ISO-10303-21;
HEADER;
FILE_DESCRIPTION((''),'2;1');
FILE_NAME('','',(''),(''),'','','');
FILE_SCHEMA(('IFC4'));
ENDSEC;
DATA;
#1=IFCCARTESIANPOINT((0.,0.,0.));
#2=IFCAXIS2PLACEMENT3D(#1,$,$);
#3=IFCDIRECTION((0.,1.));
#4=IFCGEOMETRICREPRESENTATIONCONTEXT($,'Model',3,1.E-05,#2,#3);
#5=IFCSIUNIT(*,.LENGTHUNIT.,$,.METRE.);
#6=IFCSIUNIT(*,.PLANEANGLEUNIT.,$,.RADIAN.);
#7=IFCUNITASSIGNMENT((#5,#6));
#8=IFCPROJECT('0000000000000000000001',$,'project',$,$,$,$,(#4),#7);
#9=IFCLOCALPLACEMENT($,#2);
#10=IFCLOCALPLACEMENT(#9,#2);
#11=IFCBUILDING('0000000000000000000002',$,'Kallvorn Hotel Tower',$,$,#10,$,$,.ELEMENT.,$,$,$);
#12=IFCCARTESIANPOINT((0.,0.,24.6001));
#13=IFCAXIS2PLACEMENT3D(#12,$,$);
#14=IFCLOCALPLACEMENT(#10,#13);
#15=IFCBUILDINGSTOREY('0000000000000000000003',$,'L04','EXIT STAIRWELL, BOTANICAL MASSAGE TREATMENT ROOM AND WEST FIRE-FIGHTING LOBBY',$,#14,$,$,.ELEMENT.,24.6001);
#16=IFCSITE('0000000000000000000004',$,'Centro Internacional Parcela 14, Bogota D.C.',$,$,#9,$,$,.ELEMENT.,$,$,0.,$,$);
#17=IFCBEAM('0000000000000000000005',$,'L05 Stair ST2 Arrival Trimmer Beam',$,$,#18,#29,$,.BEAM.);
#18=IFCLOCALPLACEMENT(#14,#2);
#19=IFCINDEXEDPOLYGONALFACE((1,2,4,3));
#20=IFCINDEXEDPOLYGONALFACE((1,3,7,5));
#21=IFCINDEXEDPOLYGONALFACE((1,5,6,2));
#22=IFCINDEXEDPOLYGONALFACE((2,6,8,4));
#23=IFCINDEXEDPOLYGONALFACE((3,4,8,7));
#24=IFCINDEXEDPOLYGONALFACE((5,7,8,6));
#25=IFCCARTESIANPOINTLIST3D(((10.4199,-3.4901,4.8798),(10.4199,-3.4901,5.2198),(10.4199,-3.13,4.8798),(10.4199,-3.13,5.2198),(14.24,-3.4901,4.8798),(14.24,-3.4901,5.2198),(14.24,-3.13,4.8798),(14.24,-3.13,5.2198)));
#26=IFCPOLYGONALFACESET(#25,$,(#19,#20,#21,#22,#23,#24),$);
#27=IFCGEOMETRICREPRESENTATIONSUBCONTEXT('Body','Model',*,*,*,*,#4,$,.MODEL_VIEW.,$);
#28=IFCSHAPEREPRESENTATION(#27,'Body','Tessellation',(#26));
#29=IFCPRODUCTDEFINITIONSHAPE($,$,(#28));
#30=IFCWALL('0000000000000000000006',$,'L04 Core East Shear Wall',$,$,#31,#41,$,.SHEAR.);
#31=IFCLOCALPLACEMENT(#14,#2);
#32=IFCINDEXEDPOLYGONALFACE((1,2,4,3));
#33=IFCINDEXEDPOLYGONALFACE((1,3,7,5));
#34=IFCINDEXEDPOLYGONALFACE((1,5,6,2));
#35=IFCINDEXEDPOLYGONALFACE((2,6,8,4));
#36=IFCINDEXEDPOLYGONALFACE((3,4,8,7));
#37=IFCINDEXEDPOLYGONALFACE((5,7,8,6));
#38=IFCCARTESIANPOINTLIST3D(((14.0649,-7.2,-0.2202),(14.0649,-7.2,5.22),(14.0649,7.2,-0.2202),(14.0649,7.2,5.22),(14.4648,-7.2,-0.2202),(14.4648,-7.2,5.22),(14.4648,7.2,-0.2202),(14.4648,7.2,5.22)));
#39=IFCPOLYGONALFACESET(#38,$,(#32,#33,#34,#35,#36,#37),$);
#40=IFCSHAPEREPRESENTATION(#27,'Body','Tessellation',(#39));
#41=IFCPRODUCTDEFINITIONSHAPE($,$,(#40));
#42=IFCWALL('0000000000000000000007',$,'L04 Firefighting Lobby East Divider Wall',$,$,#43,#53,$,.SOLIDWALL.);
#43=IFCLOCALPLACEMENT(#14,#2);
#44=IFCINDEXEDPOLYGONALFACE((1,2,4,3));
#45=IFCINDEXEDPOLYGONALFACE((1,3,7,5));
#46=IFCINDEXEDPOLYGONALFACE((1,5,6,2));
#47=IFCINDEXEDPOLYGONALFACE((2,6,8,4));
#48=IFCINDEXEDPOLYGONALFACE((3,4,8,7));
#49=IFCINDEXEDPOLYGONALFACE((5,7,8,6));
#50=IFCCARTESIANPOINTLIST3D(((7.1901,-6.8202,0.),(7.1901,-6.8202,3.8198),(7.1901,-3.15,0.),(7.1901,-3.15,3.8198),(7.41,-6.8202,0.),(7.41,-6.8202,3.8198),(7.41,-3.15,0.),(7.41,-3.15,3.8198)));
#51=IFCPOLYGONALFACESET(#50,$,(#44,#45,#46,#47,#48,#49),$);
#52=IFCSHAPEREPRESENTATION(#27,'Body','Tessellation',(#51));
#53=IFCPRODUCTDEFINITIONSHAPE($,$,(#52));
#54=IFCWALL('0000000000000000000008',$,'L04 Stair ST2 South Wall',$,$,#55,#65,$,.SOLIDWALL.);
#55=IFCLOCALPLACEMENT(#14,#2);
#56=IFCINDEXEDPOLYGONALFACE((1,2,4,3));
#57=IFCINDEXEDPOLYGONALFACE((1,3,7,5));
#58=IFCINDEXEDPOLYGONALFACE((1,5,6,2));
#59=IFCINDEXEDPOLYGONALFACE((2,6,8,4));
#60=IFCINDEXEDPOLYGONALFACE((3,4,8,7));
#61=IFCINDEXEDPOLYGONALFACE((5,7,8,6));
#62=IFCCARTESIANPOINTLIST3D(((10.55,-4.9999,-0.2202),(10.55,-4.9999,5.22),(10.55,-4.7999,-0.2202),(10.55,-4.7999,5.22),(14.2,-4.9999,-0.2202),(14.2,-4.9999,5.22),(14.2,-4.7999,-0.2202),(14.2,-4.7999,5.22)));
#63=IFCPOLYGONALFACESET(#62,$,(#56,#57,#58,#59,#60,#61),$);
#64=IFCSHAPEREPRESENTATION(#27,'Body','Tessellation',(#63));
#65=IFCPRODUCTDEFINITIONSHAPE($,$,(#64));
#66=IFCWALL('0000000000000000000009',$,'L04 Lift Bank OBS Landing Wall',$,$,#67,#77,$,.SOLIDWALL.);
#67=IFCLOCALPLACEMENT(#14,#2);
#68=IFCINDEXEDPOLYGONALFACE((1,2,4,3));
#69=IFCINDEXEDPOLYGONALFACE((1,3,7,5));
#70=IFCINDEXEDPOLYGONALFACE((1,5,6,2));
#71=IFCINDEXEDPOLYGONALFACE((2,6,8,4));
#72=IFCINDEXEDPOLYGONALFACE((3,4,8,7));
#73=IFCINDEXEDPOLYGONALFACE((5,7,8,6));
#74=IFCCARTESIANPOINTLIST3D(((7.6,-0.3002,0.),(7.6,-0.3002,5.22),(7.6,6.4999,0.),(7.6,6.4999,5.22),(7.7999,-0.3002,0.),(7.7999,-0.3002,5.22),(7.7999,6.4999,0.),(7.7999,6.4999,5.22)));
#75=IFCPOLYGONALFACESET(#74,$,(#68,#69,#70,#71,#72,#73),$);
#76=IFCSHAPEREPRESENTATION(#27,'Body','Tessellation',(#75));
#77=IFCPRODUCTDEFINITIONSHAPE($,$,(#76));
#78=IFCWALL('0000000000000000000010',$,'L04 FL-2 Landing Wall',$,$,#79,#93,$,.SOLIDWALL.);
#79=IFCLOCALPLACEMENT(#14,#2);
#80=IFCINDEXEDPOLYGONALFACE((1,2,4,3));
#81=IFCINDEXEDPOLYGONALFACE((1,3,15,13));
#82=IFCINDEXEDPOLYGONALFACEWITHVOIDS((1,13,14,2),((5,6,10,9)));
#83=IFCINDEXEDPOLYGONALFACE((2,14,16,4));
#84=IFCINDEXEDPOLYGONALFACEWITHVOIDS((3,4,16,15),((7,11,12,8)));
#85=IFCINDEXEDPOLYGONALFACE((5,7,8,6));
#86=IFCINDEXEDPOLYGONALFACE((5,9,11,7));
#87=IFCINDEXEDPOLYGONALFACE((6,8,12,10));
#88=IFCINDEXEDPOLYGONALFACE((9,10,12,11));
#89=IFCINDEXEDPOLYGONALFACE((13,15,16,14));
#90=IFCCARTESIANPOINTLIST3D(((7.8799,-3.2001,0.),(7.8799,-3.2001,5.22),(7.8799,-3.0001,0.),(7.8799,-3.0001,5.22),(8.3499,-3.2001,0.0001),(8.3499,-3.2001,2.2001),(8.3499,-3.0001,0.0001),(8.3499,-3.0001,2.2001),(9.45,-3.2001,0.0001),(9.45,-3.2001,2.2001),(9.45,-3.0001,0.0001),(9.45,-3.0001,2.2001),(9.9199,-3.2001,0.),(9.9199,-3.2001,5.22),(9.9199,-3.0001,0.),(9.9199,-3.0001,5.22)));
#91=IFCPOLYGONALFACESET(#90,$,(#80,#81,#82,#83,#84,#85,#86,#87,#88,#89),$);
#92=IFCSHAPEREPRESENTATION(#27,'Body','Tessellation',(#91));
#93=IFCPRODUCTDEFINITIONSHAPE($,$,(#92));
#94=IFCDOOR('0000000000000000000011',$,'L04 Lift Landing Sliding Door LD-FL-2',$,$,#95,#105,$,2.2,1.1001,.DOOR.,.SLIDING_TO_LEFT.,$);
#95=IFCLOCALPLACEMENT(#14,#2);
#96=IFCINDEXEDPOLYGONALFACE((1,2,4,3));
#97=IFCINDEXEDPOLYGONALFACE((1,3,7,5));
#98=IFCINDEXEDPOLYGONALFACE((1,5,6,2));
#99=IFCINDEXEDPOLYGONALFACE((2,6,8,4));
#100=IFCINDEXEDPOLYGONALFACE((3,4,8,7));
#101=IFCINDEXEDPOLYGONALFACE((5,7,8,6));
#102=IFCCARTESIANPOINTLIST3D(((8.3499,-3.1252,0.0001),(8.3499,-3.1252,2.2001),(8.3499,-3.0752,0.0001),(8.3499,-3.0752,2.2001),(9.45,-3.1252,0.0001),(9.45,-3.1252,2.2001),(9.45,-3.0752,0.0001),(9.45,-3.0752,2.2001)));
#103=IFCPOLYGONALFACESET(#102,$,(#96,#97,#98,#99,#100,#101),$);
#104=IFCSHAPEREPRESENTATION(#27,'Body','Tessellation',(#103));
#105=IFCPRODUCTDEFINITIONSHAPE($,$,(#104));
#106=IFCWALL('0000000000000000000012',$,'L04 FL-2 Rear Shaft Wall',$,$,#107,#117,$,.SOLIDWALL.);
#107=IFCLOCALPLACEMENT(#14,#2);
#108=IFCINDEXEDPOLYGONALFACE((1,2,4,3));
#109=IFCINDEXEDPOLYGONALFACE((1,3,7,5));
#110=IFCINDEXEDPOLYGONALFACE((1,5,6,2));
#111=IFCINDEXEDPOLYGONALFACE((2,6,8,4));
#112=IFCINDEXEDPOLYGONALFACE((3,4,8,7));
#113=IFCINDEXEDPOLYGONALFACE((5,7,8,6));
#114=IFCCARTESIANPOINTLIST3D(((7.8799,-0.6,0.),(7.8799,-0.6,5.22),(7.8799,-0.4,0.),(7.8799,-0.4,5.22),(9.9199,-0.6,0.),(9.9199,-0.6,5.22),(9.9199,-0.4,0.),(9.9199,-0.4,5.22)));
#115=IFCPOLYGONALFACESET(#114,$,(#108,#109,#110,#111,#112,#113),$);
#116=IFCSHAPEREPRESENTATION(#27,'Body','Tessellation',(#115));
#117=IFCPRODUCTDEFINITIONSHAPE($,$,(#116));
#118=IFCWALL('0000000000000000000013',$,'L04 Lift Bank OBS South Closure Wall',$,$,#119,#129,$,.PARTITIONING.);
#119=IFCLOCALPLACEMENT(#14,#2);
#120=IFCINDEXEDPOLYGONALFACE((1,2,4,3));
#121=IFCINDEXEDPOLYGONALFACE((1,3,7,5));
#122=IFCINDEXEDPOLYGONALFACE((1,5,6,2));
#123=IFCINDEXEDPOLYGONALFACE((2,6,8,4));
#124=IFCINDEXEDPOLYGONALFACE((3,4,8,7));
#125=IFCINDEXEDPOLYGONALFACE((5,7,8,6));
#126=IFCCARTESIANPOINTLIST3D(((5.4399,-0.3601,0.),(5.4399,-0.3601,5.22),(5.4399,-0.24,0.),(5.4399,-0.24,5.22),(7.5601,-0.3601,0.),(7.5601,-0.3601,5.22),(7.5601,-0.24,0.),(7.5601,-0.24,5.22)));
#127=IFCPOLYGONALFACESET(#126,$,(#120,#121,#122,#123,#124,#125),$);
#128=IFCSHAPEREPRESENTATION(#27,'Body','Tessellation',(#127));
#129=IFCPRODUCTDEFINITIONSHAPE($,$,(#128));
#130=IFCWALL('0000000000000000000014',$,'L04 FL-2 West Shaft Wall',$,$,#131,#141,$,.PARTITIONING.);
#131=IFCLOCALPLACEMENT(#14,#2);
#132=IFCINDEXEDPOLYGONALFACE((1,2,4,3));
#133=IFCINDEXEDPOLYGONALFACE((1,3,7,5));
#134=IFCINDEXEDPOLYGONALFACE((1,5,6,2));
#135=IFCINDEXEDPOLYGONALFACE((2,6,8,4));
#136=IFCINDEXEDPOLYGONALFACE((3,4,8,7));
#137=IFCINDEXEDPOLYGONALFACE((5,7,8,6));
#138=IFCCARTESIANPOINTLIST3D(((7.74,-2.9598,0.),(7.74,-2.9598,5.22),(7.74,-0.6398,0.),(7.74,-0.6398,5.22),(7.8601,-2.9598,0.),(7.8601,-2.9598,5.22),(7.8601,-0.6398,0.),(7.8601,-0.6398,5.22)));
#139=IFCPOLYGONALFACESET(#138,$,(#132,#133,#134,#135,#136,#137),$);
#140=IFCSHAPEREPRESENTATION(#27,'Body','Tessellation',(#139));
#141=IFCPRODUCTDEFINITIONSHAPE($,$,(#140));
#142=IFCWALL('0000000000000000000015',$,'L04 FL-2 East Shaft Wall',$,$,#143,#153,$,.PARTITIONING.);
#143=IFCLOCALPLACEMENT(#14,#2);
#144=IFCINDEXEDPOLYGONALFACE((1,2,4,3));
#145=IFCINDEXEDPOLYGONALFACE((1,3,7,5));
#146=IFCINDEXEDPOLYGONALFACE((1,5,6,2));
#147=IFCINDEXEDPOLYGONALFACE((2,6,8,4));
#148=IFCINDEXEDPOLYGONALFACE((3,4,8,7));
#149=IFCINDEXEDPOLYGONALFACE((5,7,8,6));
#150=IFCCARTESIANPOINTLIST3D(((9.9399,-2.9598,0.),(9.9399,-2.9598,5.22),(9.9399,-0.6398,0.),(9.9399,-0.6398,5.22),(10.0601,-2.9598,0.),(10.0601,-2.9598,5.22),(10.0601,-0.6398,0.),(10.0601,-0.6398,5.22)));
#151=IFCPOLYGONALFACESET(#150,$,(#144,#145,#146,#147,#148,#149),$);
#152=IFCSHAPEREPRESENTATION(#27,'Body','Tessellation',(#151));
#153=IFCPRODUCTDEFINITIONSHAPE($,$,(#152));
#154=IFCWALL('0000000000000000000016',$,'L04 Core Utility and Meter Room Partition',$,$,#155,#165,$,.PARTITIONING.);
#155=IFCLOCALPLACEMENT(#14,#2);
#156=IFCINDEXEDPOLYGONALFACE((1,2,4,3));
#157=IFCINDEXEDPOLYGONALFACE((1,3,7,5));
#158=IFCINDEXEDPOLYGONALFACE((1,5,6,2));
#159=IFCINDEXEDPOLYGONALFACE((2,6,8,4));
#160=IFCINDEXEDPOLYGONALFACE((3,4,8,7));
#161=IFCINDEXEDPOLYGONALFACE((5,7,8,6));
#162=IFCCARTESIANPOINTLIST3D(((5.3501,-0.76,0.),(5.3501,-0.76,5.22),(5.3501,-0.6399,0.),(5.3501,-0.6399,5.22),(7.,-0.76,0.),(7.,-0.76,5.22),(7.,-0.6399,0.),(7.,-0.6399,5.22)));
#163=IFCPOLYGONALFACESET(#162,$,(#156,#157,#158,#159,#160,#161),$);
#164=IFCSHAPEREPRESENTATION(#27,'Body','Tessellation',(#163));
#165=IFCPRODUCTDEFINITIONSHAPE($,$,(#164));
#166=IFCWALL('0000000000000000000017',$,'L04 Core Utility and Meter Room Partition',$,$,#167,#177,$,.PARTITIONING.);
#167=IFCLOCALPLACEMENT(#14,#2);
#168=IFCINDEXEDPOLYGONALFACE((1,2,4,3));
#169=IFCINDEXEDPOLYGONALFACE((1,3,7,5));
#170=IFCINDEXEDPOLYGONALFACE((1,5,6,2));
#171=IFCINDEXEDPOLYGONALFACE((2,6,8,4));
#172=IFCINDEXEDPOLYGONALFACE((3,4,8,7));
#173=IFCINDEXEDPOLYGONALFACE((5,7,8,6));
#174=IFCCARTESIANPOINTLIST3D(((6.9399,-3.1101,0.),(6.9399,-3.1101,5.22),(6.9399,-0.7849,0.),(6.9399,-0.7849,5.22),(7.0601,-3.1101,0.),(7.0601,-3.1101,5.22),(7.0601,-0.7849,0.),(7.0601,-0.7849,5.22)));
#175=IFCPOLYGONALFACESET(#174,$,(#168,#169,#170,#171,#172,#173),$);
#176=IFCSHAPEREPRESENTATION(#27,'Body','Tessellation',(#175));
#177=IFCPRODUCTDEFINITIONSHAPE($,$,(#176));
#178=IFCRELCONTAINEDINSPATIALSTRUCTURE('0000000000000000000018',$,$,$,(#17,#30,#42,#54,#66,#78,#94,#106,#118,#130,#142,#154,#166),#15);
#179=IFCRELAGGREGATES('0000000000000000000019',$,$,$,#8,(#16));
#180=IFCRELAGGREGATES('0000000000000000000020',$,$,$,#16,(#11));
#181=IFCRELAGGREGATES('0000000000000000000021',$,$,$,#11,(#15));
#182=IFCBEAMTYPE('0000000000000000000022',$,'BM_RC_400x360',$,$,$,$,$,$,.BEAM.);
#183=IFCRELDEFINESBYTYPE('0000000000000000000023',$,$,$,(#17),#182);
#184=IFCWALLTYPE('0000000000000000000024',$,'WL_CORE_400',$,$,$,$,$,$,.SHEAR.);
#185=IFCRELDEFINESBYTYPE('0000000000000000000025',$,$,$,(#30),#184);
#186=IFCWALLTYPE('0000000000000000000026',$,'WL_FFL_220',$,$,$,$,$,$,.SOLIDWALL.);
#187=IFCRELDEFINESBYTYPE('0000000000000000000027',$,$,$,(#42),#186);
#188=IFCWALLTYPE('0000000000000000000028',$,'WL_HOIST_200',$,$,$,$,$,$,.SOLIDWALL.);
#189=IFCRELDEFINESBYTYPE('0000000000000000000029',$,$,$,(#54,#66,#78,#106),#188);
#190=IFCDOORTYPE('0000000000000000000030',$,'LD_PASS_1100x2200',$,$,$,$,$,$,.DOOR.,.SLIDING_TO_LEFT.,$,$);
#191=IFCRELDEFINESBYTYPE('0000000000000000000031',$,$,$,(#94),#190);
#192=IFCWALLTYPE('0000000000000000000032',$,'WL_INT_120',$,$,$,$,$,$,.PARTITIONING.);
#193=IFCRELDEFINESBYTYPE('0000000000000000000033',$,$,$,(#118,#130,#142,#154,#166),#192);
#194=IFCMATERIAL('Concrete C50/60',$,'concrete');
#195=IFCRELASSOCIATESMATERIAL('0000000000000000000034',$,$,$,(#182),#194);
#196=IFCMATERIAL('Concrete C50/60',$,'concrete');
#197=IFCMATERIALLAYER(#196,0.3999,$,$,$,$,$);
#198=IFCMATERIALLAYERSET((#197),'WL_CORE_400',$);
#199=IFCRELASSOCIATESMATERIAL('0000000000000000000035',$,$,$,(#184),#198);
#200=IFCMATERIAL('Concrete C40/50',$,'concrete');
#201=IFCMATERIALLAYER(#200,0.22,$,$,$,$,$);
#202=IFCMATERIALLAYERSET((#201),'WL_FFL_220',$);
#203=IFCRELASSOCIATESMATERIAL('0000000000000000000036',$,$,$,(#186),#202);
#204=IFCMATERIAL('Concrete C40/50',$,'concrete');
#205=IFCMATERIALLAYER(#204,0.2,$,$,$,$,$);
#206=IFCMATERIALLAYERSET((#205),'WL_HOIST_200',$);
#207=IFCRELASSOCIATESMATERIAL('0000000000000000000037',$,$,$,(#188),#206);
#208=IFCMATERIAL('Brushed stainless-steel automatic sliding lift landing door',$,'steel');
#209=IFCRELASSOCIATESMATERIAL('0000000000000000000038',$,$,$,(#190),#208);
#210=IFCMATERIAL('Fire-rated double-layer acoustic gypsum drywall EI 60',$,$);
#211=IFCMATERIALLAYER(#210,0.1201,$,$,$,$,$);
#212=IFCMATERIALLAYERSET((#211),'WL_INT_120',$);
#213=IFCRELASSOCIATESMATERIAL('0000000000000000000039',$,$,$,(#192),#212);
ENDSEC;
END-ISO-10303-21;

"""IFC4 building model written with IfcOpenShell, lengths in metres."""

from ifc_helpers import new_model, si_unit, direction, frame, frame_2d, origin, origin_2d, place, context, subcontext, project, spatial, rectangle, extrude, material, layer, layer_set, material_profile, profile_set, type_object, element, fill, save


model = new_model("IFC4")

# Units and contexts
model_context = context("Model", 3, precision=1e-05, world=origin(), true_north=direction((0.0, 1.0)))
body_context = subcontext(model_context, "Body", "Model", "MODEL_VIEW")
ifc_project = project(units=[si_unit("LENGTHUNIT", "METRE"), si_unit("PLANEANGLEUNIT", "RADIAN")], contexts=[model_context])

# Site, building, storey
site_placement = place(None, origin())
site = spatial("IfcSite", under=ifc_project, at=site_placement, Name="Centro Internacional Parcela 14, Bogota D.C.", CompositionType="ELEMENT", RefElevation=0.0)
building_placement = place(site_placement, origin())
building = spatial("IfcBuilding", under=site, at=building_placement, Name="Kallvorn Hotel Tower", CompositionType="ELEMENT")
storey_placement = place(building_placement, frame((0.0, 0.0, 24.6001)))
storey = spatial("IfcBuildingStorey", under=building, at=storey_placement, Name="L04", Description="EXIT STAIRWELL, BOTANICAL MASSAGE TREATMENT ROOM AND WEST FIRE-FIGHTING LOBBY", CompositionType="ELEMENT", Elevation=24.6001)

# Beam
ifc_material_1 = material(Name="Concrete C50/60", Category="concrete")
ifc_material_profile = material_profile(ifc_material_1, rectangle(XDim=0.3601, YDim=0.3401, at=origin_2d()), Name="RC 360x340")
ifc_profile_set = profile_set([ifc_material_profile], Name="Concrete C50/60")
beam_type = type_object("IfcBeamType", Name="BM_RC_400x360", PredefinedType="BEAM", material=ifc_profile_set)
beam_placement = place(storey_placement, frame((14.24, -3.3101, 5.0498), z_axis=(-1.0, 0.0, 0.0), x_axis=(0.0, -1.0, 0.0)))
element("IfcBeam", 1, at=beam_placement, inside=storey, type_object=beam_type, Name="L05 Stair ST2 Arrival Trimmer Beam", PredefinedType="BEAM", context=body_context, shape_type="SweptSolid", body=[
    extrude(rectangle(XDim=0.3601, YDim=0.3401, at=origin_2d()), origin(), (0.0, 0.0, 1.0), 3.8201),
])

# Walls
ifc_material_2 = material(Name="Concrete C50/60", Category="concrete")
ifc_layer_1 = layer(ifc_material_2, 0.3999)
ifc_layer_set_1 = layer_set([ifc_layer_1], Name="WL_CORE_400")
wall_type_1 = type_object("IfcWallType", Name="WL_CORE_400", PredefinedType="SHEAR", material=ifc_layer_set_1)
wall_1_placement = place(storey_placement, frame((14.2649, -7.2, -0.2202), z_axis=(0.0, 0.0, 1.0), x_axis=(0.0, 1.0, 0.0)))
element("IfcWall", 2, at=wall_1_placement, inside=storey, type_object=wall_type_1, Name="L04 Core East Shear Wall", PredefinedType="SHEAR", context=body_context, shape_type="SweptSolid", body=[
    extrude(rectangle(XDim=14.3999, YDim=0.3999, at=frame_2d((7.2, 0.0))), origin(), (0.0, 0.0, 1.0), 5.4402),
])
ifc_material_3 = material(Name="Concrete C40/50", Category="concrete")
ifc_layer_2 = layer(ifc_material_3, 0.22)
ifc_layer_set_2 = layer_set([ifc_layer_2], Name="WL_FFL_220")
wall_type_2 = type_object("IfcWallType", Name="WL_FFL_220", PredefinedType="SOLIDWALL", material=ifc_layer_set_2)
wall_2_placement = place(storey_placement, frame((7.3, -6.8201, 0.0), z_axis=(0.0, 0.0, 1.0), x_axis=(0.0, 1.0, 0.0)))
element("IfcWall", 3, at=wall_2_placement, inside=storey, type_object=wall_type_2, Name="L04 Firefighting Lobby East Divider Wall", PredefinedType="SOLIDWALL", context=body_context, shape_type="SweptSolid", body=[
    extrude(rectangle(XDim=3.6702, YDim=0.22, at=frame_2d((1.835, 0.0))), origin(), (0.0, 0.0, 1.0), 3.8198),
])
ifc_material_4 = material(Name="Concrete C40/50", Category="concrete")
ifc_layer_3 = layer(ifc_material_4, 0.2)
ifc_layer_set_3 = layer_set([ifc_layer_3], Name="WL_HOIST_200")
wall_type_3 = type_object("IfcWallType", Name="WL_HOIST_200", PredefinedType="SOLIDWALL", material=ifc_layer_set_3)
wall_3_placement = place(storey_placement, frame((10.55, -4.8999, -0.2202), z_axis=(0.0, 0.0, 1.0), x_axis=(1.0, 0.0, 0.0)))
element("IfcWall", 4, at=wall_3_placement, inside=storey, type_object=wall_type_3, Name="L04 Stair ST2 South Wall", PredefinedType="SOLIDWALL", context=body_context, shape_type="SweptSolid", body=[
    extrude(rectangle(XDim=3.6499, YDim=0.2, at=frame_2d((1.825, 0.0))), origin(), (0.0, 0.0, 1.0), 5.4402),
])
wall_4_placement = place(storey_placement, frame((7.7, -0.3, 0.0), z_axis=(0.0, 0.0, 1.0), x_axis=(0.0, 1.0, 0.0)))
element("IfcWall", 5, at=wall_4_placement, inside=storey, type_object=wall_type_3, Name="L04 Lift Bank OBS Landing Wall", PredefinedType="SOLIDWALL", context=body_context, shape_type="SweptSolid", body=[
    extrude(rectangle(XDim=6.8, YDim=0.2, at=frame_2d((3.3999, 0.0))), origin(), (0.0, 0.0, 1.0), 5.22),
])

# Wall, opening, door
wall_5_placement = place(storey_placement, frame((7.8799, -3.1001, 0.0), z_axis=(0.0, 0.0, 1.0), x_axis=(1.0, 0.0, 0.0)))
wall_5 = element("IfcWall", 6, at=wall_5_placement, inside=storey, type_object=wall_type_3, Name="L04 FL-2 Landing Wall", PredefinedType="SOLIDWALL", context=body_context, shape_type="SweptSolid", body=[
    extrude(rectangle(XDim=2.04, YDim=0.2, at=frame_2d((1.02, 0.0))), origin(), (0.0, 0.0, 1.0), 5.22),
])
opening_1_placement = place(wall_5_placement, frame((0.47, 0.0, 0.0)))
opening_1 = element("IfcOpeningElement", 7, at=opening_1_placement, cuts=wall_5, PredefinedType="OPENING", context=body_context, shape_type="SweptSolid", body=[
    extrude(rectangle(XDim=1.1001, YDim=2.2, at=frame_2d((0.55, 1.1001))), frame((0.0, 0.115, 0.0), z_axis=(0.0, -1.0, 0.0), x_axis=(1.0, 0.0, 0.0)), (0.0, 0.0, 1.0), 0.23),
])
ifc_material_5 = material(Name="Brushed stainless-steel automatic sliding lift landing door", Category="steel")
door_type_1 = type_object("IfcDoorType", Name="LD_PASS_1100x2200", OperationType="SLIDING_TO_LEFT", PredefinedType="DOOR", material=ifc_material_5)
door_1_placement = place(opening_1_placement, origin())
door_1 = element("IfcDoor", 8, at=door_1_placement, inside=storey, type_object=door_type_1, Name="L04 Lift Landing Sliding Door LD-FL-2", OperationType="SLIDING_TO_LEFT", OverallHeight=2.2, OverallWidth=1.1001, PredefinedType="DOOR", context=body_context, shape_type="SweptSolid", body=[
    extrude(rectangle(XDim=1.1001, YDim=2.2, at=frame_2d((0.55, 1.1001))), frame((0.0, 0.0249, 0.0), z_axis=(0.0, -1.0, 0.0), x_axis=(1.0, 0.0, 0.0)), (0.0, 0.0, 1.0), 0.05),
])
fill(opening_1, door_1)

# Walls
wall_6_placement = place(storey_placement, frame((7.8799, -0.5, 0.0), z_axis=(0.0, 0.0, 1.0), x_axis=(1.0, 0.0, 0.0)))
element("IfcWall", 9, at=wall_6_placement, inside=storey, type_object=wall_type_3, Name="L04 FL-2 Rear Shaft Wall", PredefinedType="SOLIDWALL", context=body_context, shape_type="SweptSolid", body=[
    extrude(rectangle(XDim=2.04, YDim=0.2, at=frame_2d((1.02, 0.0))), origin(), (0.0, 0.0, 1.0), 5.22),
])
ifc_material_6 = material(Name="Fire-rated double-layer acoustic gypsum drywall EI 60")
ifc_layer_4 = layer(ifc_material_6, 0.1201)
ifc_layer_set_4 = layer_set([ifc_layer_4], Name="WL_INT_120")
wall_type_4 = type_object("IfcWallType", Name="WL_INT_120", PredefinedType="PARTITIONING", material=ifc_layer_set_4)
wall_7_placement = place(storey_placement, frame((5.4399, -0.3, 0.0), z_axis=(0.0, 0.0, 1.0), x_axis=(1.0, 0.0, 0.0)))
element("IfcWall", 10, at=wall_7_placement, inside=storey, type_object=wall_type_4, Name="L04 Lift Bank OBS South Closure Wall", PredefinedType="PARTITIONING", context=body_context, shape_type="SweptSolid", body=[
    extrude(rectangle(XDim=2.1201, YDim=0.1201, at=frame_2d((1.0601, 0.0))), origin(), (0.0, 0.0, 1.0), 5.22),
])
for number, where, z_axis, x_axis, name in (
    (11, (7.8, -2.96, 0.0), (0.0, 0.0, 1.0), (0.0, 1.0, 0.0), "L04 FL-2 West Shaft Wall"),
    (12, (10.0, -2.96, 0.0), (0.0, 0.0, 1.0), (0.0, 1.0, 0.0), "L04 FL-2 East Shaft Wall"),
):
    element("IfcWall", number, at=place(storey_placement, frame(where, z_axis=z_axis, x_axis=x_axis)), inside=storey, type_object=wall_type_4, Name=name, PredefinedType="PARTITIONING", context=body_context, shape_type="SweptSolid", body=[
        extrude(rectangle(XDim=2.3201, YDim=0.1201, at=frame_2d((1.1602, 0.0))), origin(), (0.0, 0.0, 1.0), 5.22),
    ])
wall_8_placement = place(storey_placement, frame((5.3501, -0.7, 0.0), z_axis=(0.0, 0.0, 1.0), x_axis=(1.0, 0.0, 0.0)))
element("IfcWall", 13, at=wall_8_placement, inside=storey, type_object=wall_type_4, Name="L04 Core Utility and Meter Room Partition", PredefinedType="PARTITIONING", context=body_context, shape_type="SweptSolid", body=[
    extrude(rectangle(XDim=1.6499, YDim=0.1201, at=frame_2d((0.825, 0.0))), origin(), (0.0, 0.0, 1.0), 5.22),
])
wall_9_placement = place(storey_placement, frame((7.0, -3.1101, 0.0), z_axis=(0.0, 0.0, 1.0), x_axis=(0.0, 1.0, 0.0)))
element("IfcWall", 14, at=wall_9_placement, inside=storey, type_object=wall_type_4, Name="L04 Core Utility and Meter Room Partition", PredefinedType="PARTITIONING", context=body_context, shape_type="SweptSolid", body=[
    extrude(rectangle(XDim=2.3252, YDim=0.1201, at=frame_2d((1.1626, 0.0))), origin(), (0.0, 0.0, 1.0), 5.22),
])

save(model, "model.ifc")
